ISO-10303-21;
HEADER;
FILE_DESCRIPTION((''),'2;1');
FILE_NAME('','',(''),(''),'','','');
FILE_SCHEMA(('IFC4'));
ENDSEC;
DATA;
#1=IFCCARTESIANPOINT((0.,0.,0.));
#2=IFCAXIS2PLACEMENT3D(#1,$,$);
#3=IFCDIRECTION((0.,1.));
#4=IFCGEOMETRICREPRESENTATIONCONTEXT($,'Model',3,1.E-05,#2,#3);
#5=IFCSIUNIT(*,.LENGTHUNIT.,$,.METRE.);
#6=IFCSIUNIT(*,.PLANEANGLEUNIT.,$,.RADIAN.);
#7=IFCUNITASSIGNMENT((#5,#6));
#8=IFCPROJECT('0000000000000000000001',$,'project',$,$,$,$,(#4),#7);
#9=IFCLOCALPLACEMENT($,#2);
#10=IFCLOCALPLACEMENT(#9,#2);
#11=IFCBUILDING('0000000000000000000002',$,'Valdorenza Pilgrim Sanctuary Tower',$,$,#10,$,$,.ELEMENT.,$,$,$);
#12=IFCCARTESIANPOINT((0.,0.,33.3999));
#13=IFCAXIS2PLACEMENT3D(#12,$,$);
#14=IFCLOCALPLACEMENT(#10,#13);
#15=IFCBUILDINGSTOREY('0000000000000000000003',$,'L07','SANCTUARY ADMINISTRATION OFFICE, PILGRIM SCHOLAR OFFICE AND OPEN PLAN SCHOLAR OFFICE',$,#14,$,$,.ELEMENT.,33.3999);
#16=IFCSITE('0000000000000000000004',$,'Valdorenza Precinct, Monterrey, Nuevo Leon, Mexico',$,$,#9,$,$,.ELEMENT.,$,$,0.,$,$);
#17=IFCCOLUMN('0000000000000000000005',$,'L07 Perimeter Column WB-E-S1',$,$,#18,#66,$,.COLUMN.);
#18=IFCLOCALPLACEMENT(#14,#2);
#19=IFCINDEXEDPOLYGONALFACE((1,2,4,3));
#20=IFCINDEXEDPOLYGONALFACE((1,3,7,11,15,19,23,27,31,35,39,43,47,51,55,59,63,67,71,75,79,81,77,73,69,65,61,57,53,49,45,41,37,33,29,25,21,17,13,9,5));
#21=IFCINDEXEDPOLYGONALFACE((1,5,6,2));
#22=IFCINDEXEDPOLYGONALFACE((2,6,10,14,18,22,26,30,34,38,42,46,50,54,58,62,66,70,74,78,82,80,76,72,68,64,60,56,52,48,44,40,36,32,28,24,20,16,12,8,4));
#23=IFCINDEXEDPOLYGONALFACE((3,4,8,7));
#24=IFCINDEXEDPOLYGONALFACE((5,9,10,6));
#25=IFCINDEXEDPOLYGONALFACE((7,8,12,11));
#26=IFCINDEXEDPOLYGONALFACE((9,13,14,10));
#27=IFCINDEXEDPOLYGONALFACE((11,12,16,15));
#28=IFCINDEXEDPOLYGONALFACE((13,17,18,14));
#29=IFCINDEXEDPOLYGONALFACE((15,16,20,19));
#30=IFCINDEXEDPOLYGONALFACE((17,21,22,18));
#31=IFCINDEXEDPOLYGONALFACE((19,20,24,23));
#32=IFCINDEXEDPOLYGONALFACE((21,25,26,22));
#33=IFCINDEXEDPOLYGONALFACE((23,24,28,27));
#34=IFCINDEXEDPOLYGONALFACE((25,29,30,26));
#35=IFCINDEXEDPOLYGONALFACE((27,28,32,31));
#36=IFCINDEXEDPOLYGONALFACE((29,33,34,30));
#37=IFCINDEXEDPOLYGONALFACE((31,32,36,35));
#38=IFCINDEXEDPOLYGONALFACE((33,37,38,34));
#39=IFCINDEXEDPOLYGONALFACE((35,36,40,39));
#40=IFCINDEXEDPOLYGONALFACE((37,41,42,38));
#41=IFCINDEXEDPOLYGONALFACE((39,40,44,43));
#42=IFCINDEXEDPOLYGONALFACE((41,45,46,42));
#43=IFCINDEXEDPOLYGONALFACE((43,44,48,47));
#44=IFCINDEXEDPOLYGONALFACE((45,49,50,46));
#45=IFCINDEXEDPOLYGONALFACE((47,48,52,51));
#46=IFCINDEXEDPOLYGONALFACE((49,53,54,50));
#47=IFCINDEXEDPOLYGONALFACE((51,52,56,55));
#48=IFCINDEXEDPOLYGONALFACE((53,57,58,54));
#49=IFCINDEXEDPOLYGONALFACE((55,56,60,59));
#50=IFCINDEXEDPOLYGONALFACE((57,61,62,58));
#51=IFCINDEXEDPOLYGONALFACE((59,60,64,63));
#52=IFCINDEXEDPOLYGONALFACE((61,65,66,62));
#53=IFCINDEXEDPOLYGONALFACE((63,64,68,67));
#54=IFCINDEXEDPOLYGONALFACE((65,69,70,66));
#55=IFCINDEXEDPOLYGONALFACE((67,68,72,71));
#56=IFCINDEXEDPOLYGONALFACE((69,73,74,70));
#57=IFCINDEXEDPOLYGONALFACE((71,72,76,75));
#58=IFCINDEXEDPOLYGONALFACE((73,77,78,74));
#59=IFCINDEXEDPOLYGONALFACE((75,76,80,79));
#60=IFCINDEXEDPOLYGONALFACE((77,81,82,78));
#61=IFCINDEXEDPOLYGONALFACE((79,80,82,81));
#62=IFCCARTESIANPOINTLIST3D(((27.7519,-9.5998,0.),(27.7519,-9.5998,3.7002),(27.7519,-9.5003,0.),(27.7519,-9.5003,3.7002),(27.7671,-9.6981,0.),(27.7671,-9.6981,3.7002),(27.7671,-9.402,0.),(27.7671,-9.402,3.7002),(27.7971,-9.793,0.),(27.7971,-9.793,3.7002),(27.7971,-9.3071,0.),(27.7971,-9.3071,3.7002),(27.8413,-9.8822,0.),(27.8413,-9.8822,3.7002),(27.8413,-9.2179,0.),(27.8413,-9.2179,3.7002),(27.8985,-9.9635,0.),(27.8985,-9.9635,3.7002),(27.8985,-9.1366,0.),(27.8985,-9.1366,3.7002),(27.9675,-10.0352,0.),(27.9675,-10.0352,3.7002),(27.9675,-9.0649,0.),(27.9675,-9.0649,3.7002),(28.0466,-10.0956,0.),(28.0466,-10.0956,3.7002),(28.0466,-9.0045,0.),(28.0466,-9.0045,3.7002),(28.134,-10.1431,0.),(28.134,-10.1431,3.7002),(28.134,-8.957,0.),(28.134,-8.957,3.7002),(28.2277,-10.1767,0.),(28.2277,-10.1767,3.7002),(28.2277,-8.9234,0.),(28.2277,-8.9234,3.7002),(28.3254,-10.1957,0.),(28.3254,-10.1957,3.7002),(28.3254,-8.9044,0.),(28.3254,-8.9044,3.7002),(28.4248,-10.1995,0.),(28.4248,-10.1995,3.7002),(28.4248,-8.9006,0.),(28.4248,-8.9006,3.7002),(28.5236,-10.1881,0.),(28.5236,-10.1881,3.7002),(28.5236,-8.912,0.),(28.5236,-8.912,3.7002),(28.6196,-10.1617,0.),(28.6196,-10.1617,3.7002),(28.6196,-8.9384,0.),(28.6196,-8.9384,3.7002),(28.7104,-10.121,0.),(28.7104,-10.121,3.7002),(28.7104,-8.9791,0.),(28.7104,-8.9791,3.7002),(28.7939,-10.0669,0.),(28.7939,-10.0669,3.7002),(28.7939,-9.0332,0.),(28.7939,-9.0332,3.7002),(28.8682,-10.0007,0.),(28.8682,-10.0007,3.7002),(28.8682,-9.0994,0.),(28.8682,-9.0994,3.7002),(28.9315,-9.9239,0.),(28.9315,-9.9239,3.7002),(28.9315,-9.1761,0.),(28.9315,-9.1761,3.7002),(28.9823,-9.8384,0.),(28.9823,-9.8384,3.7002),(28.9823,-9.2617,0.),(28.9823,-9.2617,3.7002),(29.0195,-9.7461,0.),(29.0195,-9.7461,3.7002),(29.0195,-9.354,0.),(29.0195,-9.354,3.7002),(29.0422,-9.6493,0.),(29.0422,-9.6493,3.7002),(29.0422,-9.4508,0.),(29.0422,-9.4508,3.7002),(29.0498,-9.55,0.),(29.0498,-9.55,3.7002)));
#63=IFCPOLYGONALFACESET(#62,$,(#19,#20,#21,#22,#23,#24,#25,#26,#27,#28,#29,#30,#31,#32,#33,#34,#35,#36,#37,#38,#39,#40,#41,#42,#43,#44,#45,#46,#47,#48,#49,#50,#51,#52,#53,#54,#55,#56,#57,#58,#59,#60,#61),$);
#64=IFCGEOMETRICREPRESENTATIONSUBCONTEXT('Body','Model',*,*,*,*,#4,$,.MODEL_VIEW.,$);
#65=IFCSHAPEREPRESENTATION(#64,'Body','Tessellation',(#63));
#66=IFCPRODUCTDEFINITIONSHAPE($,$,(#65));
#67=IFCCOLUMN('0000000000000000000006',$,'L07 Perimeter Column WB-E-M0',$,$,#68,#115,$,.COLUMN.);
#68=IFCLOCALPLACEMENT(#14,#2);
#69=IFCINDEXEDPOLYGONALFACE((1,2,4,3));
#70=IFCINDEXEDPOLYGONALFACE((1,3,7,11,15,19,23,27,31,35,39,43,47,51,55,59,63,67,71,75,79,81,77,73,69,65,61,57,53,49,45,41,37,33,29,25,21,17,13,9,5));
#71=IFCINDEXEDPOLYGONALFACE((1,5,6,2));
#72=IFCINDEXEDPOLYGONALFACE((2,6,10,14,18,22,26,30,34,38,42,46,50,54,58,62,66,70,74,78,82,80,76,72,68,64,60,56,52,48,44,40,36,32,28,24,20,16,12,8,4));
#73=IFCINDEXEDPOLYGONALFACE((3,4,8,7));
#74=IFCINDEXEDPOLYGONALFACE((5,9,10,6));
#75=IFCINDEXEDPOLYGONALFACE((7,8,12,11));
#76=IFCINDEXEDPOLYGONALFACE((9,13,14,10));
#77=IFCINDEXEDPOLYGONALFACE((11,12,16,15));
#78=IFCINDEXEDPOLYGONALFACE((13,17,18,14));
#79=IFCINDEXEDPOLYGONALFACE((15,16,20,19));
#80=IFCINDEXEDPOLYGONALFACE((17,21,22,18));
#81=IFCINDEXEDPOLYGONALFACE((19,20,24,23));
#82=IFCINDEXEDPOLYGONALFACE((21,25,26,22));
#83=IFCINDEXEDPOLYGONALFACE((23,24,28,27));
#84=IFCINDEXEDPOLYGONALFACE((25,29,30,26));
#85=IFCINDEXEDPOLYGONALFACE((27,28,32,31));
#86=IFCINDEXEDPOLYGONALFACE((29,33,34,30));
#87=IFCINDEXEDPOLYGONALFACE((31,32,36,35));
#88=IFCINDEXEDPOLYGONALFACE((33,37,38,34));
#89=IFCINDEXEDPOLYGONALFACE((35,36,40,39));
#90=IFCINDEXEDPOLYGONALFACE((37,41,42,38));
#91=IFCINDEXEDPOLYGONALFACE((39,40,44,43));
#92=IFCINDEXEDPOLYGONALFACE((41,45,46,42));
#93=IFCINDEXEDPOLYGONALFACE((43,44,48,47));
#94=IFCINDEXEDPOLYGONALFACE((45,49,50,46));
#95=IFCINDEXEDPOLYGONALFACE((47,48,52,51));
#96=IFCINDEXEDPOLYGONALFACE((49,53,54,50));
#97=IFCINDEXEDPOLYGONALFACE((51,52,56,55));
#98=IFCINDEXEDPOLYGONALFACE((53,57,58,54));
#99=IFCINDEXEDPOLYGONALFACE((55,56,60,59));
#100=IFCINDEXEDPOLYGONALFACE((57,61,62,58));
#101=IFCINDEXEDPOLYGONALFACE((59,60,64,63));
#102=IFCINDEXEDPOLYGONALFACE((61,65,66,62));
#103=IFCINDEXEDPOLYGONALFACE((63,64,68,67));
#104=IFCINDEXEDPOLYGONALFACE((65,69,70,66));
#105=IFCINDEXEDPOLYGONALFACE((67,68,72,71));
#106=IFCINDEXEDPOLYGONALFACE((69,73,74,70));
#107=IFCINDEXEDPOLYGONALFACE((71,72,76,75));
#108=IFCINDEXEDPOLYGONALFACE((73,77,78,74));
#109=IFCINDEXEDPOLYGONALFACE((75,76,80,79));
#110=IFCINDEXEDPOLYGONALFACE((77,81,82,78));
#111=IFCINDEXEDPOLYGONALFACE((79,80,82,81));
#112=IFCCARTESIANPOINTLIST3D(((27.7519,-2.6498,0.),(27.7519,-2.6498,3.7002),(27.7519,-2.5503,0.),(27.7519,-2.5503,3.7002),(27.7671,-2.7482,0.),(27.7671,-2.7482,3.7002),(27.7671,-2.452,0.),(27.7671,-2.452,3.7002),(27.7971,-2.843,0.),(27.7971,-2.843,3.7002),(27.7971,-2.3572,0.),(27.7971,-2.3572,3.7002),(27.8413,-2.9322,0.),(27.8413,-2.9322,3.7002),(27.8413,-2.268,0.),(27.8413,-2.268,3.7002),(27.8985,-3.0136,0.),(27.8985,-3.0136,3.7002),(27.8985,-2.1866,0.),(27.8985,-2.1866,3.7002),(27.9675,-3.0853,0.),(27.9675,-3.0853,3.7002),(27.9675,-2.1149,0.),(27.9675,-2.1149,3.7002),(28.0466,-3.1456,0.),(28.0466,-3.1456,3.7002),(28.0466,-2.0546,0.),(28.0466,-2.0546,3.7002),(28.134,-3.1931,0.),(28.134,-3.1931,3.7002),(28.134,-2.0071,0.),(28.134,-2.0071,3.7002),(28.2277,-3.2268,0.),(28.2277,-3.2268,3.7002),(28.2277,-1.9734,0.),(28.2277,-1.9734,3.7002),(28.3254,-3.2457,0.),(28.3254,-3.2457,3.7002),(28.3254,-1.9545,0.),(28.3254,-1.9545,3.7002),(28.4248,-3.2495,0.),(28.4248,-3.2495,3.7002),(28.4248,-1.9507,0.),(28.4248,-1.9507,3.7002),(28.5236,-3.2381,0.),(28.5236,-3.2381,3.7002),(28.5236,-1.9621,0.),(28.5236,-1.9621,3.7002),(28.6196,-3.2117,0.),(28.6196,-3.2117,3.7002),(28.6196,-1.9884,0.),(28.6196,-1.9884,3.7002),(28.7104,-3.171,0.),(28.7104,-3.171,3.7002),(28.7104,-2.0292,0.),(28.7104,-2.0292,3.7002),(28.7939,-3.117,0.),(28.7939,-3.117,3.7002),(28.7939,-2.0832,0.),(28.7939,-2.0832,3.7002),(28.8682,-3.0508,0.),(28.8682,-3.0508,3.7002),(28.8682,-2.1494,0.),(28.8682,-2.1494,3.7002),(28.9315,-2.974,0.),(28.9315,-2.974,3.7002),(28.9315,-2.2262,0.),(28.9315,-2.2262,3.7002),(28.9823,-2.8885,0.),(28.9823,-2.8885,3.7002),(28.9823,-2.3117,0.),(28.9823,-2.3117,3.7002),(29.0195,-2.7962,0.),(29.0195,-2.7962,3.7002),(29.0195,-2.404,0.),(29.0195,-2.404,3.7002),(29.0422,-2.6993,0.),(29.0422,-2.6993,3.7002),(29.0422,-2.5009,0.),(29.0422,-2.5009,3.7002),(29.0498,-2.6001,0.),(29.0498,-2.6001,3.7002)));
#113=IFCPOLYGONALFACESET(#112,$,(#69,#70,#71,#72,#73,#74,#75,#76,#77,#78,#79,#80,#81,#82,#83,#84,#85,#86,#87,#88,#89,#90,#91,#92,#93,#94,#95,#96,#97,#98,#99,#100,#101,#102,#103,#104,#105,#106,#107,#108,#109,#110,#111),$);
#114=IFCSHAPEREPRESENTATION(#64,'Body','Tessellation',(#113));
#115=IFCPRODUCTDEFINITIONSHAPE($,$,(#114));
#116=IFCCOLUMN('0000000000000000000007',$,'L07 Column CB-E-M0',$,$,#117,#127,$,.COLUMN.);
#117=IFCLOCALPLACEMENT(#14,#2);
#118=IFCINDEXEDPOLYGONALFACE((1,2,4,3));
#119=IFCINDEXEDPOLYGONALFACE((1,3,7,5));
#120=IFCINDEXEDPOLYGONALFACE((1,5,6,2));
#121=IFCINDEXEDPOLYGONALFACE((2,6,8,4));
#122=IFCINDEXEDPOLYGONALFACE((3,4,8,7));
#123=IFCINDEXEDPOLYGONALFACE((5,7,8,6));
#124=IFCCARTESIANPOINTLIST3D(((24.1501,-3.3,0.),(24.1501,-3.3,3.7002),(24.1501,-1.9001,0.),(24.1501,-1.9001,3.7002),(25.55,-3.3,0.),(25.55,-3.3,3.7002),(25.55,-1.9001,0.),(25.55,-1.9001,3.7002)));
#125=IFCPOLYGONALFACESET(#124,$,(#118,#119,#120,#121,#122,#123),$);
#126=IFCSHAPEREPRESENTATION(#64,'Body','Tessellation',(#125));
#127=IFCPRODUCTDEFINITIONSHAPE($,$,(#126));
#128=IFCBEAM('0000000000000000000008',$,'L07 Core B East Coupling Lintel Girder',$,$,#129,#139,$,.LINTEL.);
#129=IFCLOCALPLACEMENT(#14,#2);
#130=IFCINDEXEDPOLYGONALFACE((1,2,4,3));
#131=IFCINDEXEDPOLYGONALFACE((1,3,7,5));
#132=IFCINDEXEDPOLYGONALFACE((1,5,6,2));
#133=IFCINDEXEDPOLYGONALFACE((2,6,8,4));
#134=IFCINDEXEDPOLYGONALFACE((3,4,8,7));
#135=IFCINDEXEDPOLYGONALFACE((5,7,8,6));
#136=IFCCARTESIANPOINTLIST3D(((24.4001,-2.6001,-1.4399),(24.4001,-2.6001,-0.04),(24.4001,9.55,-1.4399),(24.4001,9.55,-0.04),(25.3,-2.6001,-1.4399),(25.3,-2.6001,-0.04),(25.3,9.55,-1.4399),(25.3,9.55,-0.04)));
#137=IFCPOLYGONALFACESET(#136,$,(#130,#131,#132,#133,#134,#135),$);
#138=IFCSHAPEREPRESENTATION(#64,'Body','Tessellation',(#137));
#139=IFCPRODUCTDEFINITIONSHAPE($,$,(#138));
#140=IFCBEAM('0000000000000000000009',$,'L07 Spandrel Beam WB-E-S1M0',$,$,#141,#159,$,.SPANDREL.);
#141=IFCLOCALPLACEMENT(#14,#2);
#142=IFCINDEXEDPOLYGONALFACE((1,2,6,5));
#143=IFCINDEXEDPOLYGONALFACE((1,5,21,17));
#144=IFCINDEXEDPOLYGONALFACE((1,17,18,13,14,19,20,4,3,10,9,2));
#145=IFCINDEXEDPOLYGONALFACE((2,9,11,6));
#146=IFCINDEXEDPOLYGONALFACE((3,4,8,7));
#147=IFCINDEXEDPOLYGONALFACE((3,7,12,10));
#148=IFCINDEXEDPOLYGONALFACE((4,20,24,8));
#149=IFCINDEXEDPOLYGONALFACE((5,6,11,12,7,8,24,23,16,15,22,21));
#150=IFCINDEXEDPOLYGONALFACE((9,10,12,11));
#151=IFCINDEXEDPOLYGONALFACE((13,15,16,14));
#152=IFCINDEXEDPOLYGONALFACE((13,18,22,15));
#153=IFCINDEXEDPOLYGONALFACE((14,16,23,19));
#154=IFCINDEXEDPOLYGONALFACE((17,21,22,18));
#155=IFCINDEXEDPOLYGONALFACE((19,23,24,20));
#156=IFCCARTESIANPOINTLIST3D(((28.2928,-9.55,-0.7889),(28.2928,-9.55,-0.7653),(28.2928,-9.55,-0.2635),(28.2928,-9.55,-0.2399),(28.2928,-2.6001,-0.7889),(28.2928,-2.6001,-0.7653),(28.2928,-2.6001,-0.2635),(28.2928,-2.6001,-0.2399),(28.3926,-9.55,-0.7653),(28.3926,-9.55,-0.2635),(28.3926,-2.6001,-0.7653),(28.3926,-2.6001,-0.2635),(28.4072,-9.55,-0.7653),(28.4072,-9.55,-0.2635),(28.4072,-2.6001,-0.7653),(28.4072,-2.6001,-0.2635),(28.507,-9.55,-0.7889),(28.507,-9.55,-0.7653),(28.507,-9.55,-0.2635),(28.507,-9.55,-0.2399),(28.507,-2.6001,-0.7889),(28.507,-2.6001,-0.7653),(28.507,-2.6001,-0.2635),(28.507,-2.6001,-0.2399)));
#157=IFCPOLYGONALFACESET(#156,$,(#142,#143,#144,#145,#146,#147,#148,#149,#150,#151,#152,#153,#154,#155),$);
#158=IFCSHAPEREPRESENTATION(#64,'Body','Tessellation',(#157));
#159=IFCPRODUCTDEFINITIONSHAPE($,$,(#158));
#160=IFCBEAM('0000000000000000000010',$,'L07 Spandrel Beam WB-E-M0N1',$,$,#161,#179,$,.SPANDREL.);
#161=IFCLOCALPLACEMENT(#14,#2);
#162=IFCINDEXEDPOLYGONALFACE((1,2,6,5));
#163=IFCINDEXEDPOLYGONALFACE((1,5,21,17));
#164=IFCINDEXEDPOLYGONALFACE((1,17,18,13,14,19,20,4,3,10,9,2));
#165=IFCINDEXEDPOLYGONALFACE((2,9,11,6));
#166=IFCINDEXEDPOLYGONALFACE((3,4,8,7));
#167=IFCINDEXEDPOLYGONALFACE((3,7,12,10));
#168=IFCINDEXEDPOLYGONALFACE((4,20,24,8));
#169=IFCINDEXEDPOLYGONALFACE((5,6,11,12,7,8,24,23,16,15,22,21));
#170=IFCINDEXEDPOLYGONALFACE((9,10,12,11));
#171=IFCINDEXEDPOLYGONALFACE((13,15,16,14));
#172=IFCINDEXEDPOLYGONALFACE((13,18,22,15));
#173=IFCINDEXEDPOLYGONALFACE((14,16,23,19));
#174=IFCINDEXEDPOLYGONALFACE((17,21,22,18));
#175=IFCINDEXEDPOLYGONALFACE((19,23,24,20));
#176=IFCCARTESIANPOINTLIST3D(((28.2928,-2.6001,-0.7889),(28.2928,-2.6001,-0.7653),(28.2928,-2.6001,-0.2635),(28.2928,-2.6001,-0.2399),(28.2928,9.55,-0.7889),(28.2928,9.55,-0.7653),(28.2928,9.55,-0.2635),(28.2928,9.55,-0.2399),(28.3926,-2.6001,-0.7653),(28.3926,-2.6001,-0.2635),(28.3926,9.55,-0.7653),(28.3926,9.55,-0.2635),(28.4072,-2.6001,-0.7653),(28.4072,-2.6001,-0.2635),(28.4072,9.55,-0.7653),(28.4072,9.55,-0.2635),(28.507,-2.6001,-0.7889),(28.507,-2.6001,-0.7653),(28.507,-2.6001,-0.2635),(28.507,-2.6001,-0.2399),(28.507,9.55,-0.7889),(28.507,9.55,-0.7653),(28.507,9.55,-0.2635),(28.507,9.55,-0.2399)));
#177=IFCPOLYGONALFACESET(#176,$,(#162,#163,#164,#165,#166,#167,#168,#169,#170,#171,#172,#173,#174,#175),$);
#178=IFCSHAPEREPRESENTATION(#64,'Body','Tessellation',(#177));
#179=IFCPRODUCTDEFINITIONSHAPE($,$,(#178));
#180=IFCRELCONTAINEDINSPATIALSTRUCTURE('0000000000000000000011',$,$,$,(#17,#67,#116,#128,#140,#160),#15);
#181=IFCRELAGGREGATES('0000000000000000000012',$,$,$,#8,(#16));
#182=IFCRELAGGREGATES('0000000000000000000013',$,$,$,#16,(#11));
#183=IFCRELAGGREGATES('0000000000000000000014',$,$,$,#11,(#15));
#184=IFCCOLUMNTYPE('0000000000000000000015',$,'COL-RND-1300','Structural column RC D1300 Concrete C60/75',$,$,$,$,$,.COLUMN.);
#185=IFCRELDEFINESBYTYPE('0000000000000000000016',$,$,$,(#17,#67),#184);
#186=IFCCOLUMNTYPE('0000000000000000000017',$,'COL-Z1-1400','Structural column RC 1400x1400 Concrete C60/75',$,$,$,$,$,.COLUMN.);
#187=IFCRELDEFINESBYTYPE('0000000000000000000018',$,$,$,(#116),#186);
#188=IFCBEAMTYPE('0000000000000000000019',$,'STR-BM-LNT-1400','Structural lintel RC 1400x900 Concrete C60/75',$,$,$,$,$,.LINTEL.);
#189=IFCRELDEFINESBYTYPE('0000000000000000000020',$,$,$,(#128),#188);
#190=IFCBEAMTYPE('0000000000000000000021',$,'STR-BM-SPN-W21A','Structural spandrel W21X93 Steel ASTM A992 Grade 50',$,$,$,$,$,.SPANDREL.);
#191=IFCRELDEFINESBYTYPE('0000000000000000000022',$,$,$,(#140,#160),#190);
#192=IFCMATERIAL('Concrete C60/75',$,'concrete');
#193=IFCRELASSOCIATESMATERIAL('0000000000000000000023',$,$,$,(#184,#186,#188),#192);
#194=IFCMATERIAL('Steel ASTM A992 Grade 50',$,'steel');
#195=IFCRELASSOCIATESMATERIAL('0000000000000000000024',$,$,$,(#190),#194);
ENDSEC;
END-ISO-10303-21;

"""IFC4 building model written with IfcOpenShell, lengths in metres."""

from ifc_helpers import new_model, si_unit, direction, frame, origin, origin_2d, place, context, subcontext, project, spatial, rectangle, circle, i_section, extrude, source, transform, mapped, material, material_profile, profile_set, type_object, element, save


model = new_model("IFC4")

# Units and contexts
model_context = context("Model", 3, precision=1e-05, world=origin(), true_north=direction((0.0, 1.0)))
body_context = subcontext(model_context, "Body", "Model", "MODEL_VIEW")
ifc_project = project(units=[si_unit("LENGTHUNIT", "METRE"), si_unit("PLANEANGLEUNIT", "RADIAN")], contexts=[model_context])

# Site, building, storey
site_placement = place(None, origin())
site = spatial("IfcSite", under=ifc_project, at=site_placement, Name="Valdorenza Precinct, Monterrey, Nuevo Leon, Mexico", CompositionType="ELEMENT", RefElevation=0.0)
building_placement = place(site_placement, origin())
building = spatial("IfcBuilding", under=site, at=building_placement, Name="Valdorenza Pilgrim Sanctuary Tower", CompositionType="ELEMENT")
storey_placement = place(building_placement, frame((0.0, 0.0, 33.3999)))
storey = spatial("IfcBuildingStorey", under=building, at=storey_placement, Name="L07", Description="SANCTUARY ADMINISTRATION OFFICE, PILGRIM SCHOLAR OFFICE AND OPEN PLAN SCHOLAR OFFICE", CompositionType="ELEMENT", Elevation=33.3999)

# Columns
ifc_material_1 = material(Name="Concrete C60/75", Category="concrete")
ifc_material_profile_1 = material_profile(ifc_material_1, circle(Radius=0.6499, at=origin_2d()), Name="RC D1300")
ifc_profile_set_1 = profile_set([ifc_material_profile_1], Name="Concrete C60/75")
column_type_1 = type_object("IfcColumnType", Name="COL-RND-1300", Description="Structural column RC D1300 Concrete C60/75", PredefinedType="COLUMN", material=ifc_profile_set_1)
shared_shape_1 = source(origin(), body_context, "Body", "SweptSolid", [
    extrude(circle(Radius=0.6499, at=origin_2d()), origin(), (0.0, 0.0, 1.0), 3.7002),
])
for number, where, z_axis, x_axis, name in (
    (1, (28.3999, -9.55, 0.0), (0.0, 0.0, 1.0), (1.0, 0.0, 0.0), "L07 Perimeter Column WB-E-S1"),
    (2, (28.3999, -2.6001, 0.0), (0.0, 0.0, 1.0), (1.0, 0.0, 0.0), "L07 Perimeter Column WB-E-M0"),
):
    element("IfcColumn", number, at=place(storey_placement, frame(where, z_axis=z_axis, x_axis=x_axis)), inside=storey, type_object=column_type_1, Name=name, PredefinedType="COLUMN", context=body_context, shape_type="MappedRepresentation", body=[
        mapped(shared_shape_1, transform((0.0, 0.0, 0.0), x_axis=(1.0, 0.0, 0.0), y_axis=(0.0, 1.0, 0.0), z_axis=(0.0, 0.0, 1.0), scale=1.0)),
    ])
ifc_material_profile_2 = material_profile(ifc_material_1, rectangle(XDim=1.3999, YDim=1.3999, at=origin_2d()), Name="RC 1400x1400")
ifc_profile_set_2 = profile_set([ifc_material_profile_2], Name="Concrete C60/75")
column_type_2 = type_object("IfcColumnType", Name="COL-Z1-1400", Description="Structural column RC 1400x1400 Concrete C60/75", PredefinedType="COLUMN", material=ifc_profile_set_2)
shared_shape_2 = source(origin(), body_context, "Body", "SweptSolid", [
    extrude(rectangle(XDim=1.3999, YDim=1.3999, at=origin_2d()), origin(), (0.0, 0.0, 1.0), 3.7002),
])
column_placement = place(storey_placement, frame((24.8501, -2.6001, 0.0), z_axis=(0.0, 0.0, 1.0), x_axis=(1.0, 0.0, 0.0)))
element("IfcColumn", 3, at=column_placement, inside=storey, type_object=column_type_2, Name="L07 Column CB-E-M0", PredefinedType="COLUMN", context=body_context, shape_type="MappedRepresentation", body=[
    mapped(shared_shape_2, transform((0.0, 0.0, 0.0), x_axis=(1.0, 0.0, 0.0), y_axis=(0.0, 1.0, 0.0), z_axis=(0.0, 0.0, 1.0), scale=1.0)),
])

# Beams
ifc_material_profile_3 = material_profile(ifc_material_1, rectangle(XDim=0.8999, YDim=1.3999, at=origin_2d()), Name="RC 1400x900")
ifc_profile_set_3 = profile_set([ifc_material_profile_3], Name="Concrete C60/75")
beam_type_1 = type_object("IfcBeamType", Name="STR-BM-LNT-1400", Description="Structural lintel RC 1400x900 Concrete C60/75", PredefinedType="LINTEL", material=ifc_profile_set_3)
shared_shape_3 = source(origin(), body_context, "Body", "SweptSolid", [
    extrude(rectangle(XDim=0.8999, YDim=1.3999, at=origin_2d()), origin(), (0.0, 0.0, 1.0), 12.1501),
])
beam_1_placement = place(storey_placement, frame((24.8501, -2.6001, -0.74), z_axis=(0.0, 1.0, 0.0), x_axis=(-1.0, 0.0, 0.0)))
element("IfcBeam", 4, at=beam_1_placement, inside=storey, type_object=beam_type_1, Name="L07 Core B East Coupling Lintel Girder", PredefinedType="LINTEL", context=body_context, shape_type="MappedRepresentation", body=[
    mapped(shared_shape_3, transform((0.0, 0.0, 0.0), x_axis=(1.0, 0.0, 0.0), y_axis=(0.0, 1.0, 0.0), z_axis=(0.0, 0.0, 1.0), scale=1.0)),
])
ifc_material_2 = material(Name="Steel ASTM A992 Grade 50", Category="steel")
ifc_material_profile_4 = material_profile(ifc_material_2, i_section(OverallWidth=0.2141, OverallDepth=0.5491, WebThickness=0.0146, FlangeThickness=0.0237, at=origin_2d()), Name="W21X93")
ifc_profile_set_4 = profile_set([ifc_material_profile_4], Name="Steel ASTM A992 Grade 50")
beam_type_2 = type_object("IfcBeamType", Name="STR-BM-SPN-W21A", Description="Structural spandrel W21X93 Steel ASTM A992 Grade 50", PredefinedType="SPANDREL", material=ifc_profile_set_4)
shared_shape_4 = source(origin(), body_context, "Body", "SweptSolid", [
    extrude(i_section(OverallWidth=0.2141, OverallDepth=0.5491, WebThickness=0.0146, FlangeThickness=0.0237, at=origin_2d()), origin(), (0.0, 0.0, 1.0), 6.95),
])
beam_2_placement = place(storey_placement, frame((28.3999, -9.55, -0.5144), z_axis=(0.0, 1.0, 0.0), x_axis=(-1.0, 0.0, 0.0)))
element("IfcBeam", 5, at=beam_2_placement, inside=storey, type_object=beam_type_2, Name="L07 Spandrel Beam WB-E-S1M0", PredefinedType="SPANDREL", context=body_context, shape_type="MappedRepresentation", body=[
    mapped(shared_shape_4, transform((0.0, 0.0, 0.0), x_axis=(1.0, 0.0, 0.0), y_axis=(0.0, 1.0, 0.0), z_axis=(0.0, 0.0, 1.0), scale=1.0)),
])
shared_shape_5 = source(origin(), body_context, "Body", "SweptSolid", [
    extrude(i_section(OverallWidth=0.2141, OverallDepth=0.5491, WebThickness=0.0146, FlangeThickness=0.0237, at=origin_2d()), origin(), (0.0, 0.0, 1.0), 12.1501),
])
beam_3_placement = place(storey_placement, frame((28.3999, -2.6001, -0.5144), z_axis=(0.0, 1.0, 0.0), x_axis=(-1.0, 0.0, 0.0)))
element("IfcBeam", 6, at=beam_3_placement, inside=storey, type_object=beam_type_2, Name="L07 Spandrel Beam WB-E-M0N1", PredefinedType="SPANDREL", context=body_context, shape_type="MappedRepresentation", body=[
    mapped(shared_shape_5, transform((0.0, 0.0, 0.0), x_axis=(1.0, 0.0, 0.0), y_axis=(0.0, 1.0, 0.0), z_axis=(0.0, 0.0, 1.0), scale=1.0)),
])

save(model, "model.ifc")
